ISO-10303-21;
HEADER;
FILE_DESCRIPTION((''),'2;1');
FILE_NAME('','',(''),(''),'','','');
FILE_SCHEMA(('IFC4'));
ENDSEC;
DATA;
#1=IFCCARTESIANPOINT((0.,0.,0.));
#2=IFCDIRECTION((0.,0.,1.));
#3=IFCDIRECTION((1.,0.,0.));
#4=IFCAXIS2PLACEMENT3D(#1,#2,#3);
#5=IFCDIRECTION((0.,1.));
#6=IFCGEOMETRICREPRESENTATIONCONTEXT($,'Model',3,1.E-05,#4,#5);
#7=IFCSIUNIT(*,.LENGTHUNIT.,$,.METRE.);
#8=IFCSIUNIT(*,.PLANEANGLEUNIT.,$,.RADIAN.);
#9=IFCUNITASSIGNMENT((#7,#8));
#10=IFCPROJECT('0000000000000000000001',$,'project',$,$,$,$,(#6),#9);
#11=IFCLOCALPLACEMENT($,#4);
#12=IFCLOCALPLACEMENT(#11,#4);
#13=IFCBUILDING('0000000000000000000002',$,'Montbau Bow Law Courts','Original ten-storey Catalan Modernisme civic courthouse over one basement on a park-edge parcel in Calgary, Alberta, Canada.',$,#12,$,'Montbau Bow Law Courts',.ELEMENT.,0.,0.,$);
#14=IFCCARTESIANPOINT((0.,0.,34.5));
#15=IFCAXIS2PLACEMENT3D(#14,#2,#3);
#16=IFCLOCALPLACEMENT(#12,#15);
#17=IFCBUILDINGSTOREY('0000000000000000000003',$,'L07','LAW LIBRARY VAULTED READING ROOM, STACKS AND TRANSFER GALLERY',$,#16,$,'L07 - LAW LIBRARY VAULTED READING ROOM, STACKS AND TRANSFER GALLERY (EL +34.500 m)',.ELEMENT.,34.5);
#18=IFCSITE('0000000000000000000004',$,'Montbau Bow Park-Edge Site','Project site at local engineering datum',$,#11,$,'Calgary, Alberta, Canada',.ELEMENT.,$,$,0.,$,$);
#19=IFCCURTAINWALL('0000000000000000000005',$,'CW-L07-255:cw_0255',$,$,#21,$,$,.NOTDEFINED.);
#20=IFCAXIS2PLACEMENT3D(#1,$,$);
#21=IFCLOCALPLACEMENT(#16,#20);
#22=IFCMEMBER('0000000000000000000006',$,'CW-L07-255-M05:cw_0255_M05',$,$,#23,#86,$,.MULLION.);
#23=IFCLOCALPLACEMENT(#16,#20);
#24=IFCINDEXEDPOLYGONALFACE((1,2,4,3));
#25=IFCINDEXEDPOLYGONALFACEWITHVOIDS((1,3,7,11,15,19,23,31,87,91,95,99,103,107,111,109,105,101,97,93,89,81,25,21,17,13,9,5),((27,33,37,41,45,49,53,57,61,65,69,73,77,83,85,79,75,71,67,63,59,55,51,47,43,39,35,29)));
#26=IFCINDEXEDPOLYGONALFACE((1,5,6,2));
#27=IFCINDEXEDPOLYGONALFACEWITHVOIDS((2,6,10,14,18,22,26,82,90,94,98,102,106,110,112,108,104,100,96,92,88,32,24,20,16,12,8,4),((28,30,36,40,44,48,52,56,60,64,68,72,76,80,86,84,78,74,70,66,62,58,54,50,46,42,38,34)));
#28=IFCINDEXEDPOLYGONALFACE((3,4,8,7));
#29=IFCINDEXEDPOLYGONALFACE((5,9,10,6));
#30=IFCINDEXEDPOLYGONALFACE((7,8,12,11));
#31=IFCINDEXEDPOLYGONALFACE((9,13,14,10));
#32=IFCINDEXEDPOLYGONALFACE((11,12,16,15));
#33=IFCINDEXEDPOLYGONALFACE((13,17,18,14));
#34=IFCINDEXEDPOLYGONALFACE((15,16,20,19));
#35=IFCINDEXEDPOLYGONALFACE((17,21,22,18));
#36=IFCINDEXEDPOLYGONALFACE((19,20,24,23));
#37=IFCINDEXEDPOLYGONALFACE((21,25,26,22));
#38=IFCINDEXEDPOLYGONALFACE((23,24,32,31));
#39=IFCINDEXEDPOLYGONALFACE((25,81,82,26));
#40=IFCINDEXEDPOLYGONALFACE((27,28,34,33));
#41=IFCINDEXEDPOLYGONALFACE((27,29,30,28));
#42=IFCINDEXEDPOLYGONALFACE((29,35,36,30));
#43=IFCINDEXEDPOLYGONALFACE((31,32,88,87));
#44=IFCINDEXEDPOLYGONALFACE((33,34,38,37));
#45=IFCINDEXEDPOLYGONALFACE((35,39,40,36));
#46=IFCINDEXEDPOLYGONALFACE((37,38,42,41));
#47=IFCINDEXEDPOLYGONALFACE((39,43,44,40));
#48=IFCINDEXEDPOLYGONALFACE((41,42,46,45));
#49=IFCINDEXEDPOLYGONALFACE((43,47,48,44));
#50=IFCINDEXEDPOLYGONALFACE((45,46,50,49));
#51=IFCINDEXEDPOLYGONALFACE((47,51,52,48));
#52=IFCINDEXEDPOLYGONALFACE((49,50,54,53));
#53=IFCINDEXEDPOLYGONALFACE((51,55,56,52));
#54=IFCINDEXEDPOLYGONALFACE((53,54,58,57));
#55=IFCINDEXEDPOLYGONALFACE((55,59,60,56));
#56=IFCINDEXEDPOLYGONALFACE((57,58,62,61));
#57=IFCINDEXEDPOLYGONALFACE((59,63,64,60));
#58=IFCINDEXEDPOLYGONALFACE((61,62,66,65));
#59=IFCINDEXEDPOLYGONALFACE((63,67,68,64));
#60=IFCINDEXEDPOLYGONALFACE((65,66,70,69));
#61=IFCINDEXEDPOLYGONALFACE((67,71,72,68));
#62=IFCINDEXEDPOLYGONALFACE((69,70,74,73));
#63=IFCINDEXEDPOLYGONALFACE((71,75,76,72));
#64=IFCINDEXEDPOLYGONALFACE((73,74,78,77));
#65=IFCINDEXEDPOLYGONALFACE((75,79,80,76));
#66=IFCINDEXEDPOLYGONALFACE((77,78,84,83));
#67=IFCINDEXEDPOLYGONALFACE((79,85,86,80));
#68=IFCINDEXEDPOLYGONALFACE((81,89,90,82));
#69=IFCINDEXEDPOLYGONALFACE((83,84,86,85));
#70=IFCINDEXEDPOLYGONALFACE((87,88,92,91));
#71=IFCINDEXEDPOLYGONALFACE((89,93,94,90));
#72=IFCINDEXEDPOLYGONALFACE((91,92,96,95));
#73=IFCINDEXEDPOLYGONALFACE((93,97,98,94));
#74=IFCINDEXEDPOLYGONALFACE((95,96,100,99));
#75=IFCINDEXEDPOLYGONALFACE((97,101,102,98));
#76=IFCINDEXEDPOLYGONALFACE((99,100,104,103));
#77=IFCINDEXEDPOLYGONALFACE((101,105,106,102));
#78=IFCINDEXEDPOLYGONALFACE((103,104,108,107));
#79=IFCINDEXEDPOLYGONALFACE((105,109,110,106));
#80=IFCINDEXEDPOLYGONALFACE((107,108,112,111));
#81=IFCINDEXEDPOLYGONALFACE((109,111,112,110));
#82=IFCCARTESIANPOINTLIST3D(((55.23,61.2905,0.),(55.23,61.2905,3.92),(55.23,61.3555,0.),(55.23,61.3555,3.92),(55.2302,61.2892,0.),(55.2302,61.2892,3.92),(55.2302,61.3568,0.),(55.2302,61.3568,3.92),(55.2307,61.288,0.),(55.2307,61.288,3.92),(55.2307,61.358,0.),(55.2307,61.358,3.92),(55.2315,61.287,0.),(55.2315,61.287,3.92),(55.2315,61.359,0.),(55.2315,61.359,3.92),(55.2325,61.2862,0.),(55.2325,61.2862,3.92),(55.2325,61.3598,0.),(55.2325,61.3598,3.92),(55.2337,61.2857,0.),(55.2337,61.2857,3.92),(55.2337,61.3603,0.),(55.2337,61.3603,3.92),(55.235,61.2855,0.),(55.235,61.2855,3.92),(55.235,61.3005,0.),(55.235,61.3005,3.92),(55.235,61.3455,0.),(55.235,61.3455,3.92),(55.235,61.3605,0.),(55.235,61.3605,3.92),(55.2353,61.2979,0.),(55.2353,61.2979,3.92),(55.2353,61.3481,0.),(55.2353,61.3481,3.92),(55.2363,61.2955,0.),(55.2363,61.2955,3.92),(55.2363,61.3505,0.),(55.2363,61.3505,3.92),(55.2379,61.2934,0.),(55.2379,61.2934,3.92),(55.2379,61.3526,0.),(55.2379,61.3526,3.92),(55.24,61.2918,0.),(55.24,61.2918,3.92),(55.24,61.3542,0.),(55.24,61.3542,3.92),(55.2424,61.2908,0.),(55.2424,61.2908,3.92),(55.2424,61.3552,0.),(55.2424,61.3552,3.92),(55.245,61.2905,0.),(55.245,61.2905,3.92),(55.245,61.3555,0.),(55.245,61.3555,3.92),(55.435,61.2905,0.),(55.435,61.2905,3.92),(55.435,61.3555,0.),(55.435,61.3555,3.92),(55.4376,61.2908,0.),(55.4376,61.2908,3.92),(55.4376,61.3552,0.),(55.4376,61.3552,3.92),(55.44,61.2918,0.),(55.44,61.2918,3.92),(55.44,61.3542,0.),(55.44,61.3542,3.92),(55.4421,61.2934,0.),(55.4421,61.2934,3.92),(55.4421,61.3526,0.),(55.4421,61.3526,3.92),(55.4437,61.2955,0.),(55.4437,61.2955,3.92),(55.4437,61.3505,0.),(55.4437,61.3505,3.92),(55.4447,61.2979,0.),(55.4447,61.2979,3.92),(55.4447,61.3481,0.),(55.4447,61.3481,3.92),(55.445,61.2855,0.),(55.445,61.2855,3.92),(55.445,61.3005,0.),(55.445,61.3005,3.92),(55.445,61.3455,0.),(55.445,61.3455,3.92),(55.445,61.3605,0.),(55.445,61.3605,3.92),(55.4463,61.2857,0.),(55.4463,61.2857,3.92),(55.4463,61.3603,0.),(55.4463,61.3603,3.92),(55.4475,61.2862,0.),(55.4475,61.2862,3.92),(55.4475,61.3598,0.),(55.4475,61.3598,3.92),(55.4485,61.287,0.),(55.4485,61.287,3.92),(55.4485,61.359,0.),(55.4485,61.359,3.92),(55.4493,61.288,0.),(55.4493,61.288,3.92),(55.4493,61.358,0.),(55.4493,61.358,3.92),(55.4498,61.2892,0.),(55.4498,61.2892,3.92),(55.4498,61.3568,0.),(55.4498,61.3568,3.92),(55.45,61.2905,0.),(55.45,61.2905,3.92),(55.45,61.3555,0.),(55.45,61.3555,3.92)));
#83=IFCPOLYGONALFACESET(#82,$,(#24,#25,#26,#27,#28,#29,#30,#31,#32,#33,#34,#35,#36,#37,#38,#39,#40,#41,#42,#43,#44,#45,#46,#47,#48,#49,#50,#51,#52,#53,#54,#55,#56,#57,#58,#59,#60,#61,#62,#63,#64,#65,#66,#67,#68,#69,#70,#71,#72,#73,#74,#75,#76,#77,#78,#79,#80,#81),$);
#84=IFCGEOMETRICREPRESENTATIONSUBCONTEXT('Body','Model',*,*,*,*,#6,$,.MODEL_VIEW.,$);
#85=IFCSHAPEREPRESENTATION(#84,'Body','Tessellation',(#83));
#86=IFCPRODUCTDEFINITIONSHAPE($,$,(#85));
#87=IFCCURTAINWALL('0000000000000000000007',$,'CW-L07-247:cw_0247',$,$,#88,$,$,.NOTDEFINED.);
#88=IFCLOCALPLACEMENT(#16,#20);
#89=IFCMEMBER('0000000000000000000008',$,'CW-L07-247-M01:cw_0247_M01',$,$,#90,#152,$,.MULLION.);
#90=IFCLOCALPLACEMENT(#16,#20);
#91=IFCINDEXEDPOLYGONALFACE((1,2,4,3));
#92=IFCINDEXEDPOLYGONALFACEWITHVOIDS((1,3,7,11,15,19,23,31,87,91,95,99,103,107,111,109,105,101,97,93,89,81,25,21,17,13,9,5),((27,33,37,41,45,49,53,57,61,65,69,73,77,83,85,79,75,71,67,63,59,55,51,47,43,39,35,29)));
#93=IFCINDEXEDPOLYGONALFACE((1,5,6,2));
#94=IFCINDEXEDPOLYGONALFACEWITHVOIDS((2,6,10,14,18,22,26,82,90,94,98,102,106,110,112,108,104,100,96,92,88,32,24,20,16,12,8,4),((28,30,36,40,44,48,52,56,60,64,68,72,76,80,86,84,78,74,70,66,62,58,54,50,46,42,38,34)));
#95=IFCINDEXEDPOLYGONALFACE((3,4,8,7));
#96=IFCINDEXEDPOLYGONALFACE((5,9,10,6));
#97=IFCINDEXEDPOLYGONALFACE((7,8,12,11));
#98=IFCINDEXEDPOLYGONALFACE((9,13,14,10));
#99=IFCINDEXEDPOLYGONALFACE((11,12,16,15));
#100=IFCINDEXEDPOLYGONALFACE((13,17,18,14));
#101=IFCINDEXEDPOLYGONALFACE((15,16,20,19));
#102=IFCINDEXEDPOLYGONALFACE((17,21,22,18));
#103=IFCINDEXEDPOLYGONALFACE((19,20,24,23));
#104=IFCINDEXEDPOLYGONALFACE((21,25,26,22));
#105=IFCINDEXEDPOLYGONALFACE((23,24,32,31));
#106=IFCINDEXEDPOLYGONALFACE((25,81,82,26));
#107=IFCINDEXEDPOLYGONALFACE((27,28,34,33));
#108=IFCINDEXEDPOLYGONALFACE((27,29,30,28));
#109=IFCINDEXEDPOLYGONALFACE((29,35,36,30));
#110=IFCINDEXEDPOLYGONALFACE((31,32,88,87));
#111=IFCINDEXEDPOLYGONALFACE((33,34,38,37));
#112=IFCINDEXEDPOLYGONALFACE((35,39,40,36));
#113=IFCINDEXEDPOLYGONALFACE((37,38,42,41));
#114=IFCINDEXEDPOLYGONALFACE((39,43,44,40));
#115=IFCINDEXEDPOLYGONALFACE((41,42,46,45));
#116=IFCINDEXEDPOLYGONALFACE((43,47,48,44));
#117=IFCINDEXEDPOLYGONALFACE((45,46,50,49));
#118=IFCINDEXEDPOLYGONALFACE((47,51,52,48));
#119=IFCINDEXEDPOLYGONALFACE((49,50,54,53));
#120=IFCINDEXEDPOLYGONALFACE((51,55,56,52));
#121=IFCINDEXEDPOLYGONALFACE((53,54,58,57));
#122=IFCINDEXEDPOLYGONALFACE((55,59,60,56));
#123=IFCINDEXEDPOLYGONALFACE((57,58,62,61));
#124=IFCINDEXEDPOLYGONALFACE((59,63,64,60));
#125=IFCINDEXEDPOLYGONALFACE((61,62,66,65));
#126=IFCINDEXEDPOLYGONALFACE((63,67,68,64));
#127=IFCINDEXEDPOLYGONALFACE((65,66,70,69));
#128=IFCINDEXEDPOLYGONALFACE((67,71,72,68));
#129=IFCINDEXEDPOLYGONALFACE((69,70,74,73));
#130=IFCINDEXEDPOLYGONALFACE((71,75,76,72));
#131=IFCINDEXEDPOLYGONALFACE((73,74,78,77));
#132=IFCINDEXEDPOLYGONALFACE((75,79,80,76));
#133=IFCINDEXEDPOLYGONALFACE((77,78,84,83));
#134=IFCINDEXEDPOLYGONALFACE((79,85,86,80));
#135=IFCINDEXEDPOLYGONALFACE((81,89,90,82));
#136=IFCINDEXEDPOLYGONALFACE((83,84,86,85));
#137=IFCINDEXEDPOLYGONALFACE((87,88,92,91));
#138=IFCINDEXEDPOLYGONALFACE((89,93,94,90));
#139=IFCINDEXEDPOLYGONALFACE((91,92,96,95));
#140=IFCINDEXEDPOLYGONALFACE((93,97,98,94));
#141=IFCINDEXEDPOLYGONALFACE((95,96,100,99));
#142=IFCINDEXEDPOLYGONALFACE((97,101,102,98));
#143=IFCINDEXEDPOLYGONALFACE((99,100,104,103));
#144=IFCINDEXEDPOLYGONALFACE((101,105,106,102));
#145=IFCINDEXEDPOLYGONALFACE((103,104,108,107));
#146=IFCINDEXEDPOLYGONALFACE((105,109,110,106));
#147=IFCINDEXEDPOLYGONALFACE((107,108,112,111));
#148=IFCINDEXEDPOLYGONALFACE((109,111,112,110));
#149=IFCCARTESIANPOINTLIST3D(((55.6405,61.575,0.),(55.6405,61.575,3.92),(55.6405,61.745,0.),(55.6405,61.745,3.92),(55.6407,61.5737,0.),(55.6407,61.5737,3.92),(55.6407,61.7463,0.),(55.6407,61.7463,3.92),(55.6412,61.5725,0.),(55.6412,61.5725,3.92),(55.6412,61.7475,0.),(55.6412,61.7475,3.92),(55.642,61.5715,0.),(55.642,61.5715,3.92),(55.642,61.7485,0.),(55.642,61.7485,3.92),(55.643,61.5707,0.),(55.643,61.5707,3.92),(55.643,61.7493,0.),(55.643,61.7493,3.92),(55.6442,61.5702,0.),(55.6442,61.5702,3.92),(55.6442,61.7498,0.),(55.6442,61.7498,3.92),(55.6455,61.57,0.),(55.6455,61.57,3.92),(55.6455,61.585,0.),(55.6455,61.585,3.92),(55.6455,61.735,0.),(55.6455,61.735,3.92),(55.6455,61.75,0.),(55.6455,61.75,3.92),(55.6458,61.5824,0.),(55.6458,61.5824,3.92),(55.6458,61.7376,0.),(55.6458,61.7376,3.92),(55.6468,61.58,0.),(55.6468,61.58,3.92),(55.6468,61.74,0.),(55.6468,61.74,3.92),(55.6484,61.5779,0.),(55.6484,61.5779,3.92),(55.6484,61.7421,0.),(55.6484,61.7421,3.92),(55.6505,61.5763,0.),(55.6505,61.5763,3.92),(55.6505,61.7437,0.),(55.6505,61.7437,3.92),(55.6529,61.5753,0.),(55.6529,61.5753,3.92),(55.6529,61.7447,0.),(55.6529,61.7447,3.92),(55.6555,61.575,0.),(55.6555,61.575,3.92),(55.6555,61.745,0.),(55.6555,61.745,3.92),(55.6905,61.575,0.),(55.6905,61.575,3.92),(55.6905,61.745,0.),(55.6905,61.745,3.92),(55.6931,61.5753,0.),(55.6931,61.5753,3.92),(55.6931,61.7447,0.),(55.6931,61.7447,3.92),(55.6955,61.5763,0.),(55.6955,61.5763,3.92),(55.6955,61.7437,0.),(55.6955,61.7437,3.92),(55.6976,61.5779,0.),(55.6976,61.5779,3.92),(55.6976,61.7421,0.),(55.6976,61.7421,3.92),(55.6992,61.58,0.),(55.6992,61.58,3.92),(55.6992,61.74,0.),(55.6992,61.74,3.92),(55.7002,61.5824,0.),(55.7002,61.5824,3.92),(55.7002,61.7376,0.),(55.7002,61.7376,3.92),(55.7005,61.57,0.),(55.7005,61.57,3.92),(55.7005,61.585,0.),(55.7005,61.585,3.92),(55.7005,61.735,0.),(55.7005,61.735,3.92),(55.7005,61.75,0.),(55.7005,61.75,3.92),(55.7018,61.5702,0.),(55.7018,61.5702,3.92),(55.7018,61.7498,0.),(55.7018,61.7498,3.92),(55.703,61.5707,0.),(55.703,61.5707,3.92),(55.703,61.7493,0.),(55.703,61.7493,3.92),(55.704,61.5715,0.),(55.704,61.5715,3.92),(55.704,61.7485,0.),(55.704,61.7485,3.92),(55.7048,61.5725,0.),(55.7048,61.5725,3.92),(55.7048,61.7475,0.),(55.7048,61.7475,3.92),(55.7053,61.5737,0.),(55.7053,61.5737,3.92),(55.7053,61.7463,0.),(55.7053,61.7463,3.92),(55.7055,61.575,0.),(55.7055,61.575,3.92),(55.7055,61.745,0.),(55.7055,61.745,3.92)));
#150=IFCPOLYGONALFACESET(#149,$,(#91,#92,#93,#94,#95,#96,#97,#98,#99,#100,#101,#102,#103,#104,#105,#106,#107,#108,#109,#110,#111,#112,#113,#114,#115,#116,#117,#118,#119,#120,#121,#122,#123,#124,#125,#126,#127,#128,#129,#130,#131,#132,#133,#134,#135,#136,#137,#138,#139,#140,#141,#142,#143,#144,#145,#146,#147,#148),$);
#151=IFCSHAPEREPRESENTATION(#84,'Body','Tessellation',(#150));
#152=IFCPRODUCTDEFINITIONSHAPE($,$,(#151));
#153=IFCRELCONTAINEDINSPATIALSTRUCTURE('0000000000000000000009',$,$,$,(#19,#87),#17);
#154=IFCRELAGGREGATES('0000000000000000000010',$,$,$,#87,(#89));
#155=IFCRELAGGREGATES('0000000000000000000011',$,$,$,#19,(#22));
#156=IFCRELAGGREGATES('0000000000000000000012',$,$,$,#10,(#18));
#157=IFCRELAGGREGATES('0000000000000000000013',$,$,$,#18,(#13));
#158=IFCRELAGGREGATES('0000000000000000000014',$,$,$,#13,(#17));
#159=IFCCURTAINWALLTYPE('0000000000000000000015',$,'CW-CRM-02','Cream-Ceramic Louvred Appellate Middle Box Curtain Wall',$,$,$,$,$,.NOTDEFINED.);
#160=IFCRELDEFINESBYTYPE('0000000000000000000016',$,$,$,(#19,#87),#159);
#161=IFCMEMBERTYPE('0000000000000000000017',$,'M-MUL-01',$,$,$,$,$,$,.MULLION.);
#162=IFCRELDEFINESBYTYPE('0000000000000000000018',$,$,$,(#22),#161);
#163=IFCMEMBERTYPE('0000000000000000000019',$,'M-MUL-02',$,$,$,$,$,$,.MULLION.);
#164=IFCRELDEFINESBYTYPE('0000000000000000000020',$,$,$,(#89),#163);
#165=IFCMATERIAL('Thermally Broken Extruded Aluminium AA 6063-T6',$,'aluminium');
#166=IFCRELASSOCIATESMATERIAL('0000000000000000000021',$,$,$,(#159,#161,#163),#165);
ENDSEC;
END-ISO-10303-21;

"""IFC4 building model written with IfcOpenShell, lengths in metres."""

from ifc_helpers import new_model, si_unit, direction, frame, origin_with_axes, origin_2d_with_axis, place, context, subcontext, project, spatial, hollow_rectangle, extrude, material, material_profile, profile_set, type_object, element, aggregate, save


model = new_model("IFC4")

# Units and contexts
model_context = context("Model", 3, precision=1e-05, world=origin_with_axes(), true_north=direction((0.0, 1.0)))
body_context = subcontext(model_context, "Body", "Model", "MODEL_VIEW")
ifc_project = project(units=[si_unit("LENGTHUNIT", "METRE"), si_unit("PLANEANGLEUNIT", "RADIAN")], contexts=[model_context])

# Site, building, storey
site_placement = place(None, origin_with_axes())
site = spatial("IfcSite", under=ifc_project, at=site_placement, Name="Montbau Bow Park-Edge Site", Description="Project site at local engineering datum", LongName="Calgary, Alberta, Canada", CompositionType="ELEMENT", RefElevation=0.0)
building_placement = place(site_placement, origin_with_axes())
building = spatial("IfcBuilding", under=site, at=building_placement, Name="Montbau Bow Law Courts", Description="Original ten-storey Catalan Modernisme civic courthouse over one basement on a park-edge parcel in Calgary, Alberta, Canada.", LongName="Montbau Bow Law Courts", CompositionType="ELEMENT", ElevationOfRefHeight=0.0, ElevationOfTerrain=0.0)
storey_placement = place(building_placement, frame((0.0, 0.0, 34.5), z_axis=(0.0, 0.0, 1.0), x_axis=(1.0, 0.0, 0.0)))
storey = spatial("IfcBuildingStorey", under=building, at=storey_placement, Name="L07", Description="LAW LIBRARY VAULTED READING ROOM, STACKS AND TRANSFER GALLERY", LongName="L07 - LAW LIBRARY VAULTED READING ROOM, STACKS AND TRANSFER GALLERY (EL +34.500 m)", CompositionType="ELEMENT", Elevation=34.5)

# Curtain walls, members
ifc_material_1 = material(Name="Thermally Broken Extruded Aluminium AA 6063-T6", Category="aluminium")
curtain_wall_type = type_object("IfcCurtainWallType", Name="CW-CRM-02", Description="Cream-Ceramic Louvred Appellate Middle Box Curtain Wall", PredefinedType="NOTDEFINED", material=ifc_material_1)
curtain_wall_1_placement = place(None, frame((55.34, 55.04, 34.5), z_axis=(0.0, 0.0, 1.0), x_axis=(1.0, 0.0, 0.0)))
curtain_wall_1 = element("IfcCurtainWall", 1, at=curtain_wall_1_placement, inside=storey, type_object=curtain_wall_type, Name="CW-L07-255:cw_0255", PredefinedType="NOTDEFINED")
ifc_material_profile_1 = material_profile(ifc_material_1, hollow_rectangle(XDim=0.075, YDim=0.22, WallThickness=0.005, InnerFilletRadius=0.01, OuterFilletRadius=0.005, at=origin_2d_with_axis()), Name="CWM-220X75", Category="Main", Priority=0)
ifc_profile_set_1 = profile_set([ifc_material_profile_1], Name="Thermally Broken Extruded Aluminium AA 6063-T6")
member_type_1 = type_object("IfcMemberType", Name="M-MUL-01", PredefinedType="MULLION", material=ifc_profile_set_1)
member_1_placement = place(None, frame((55.34, 61.323, 34.5), z_axis=(0.0, 0.0, 1.0), x_axis=(0.0, 1.0, 0.0)))
member_1 = element("IfcMember", 2, at=member_1_placement, type_object=member_type_1, Name="CW-L07-255-M05:cw_0255_M05", PredefinedType="MULLION", context=body_context, shape_type="SweptSolid", body=[
    extrude(hollow_rectangle(XDim=0.075, YDim=0.22, WallThickness=0.005, InnerFilletRadius=0.01, OuterFilletRadius=0.005, at=origin_2d_with_axis()), origin_with_axes(), (0.0, 0.0, 1.0), 3.92),
])
curtain_wall_2_placement = place(None, frame((55.64, 61.66, 34.5), z_axis=(0.0, 0.0, 1.0), x_axis=(1.0, 0.0, 0.0)))
curtain_wall_2 = element("IfcCurtainWall", 3, at=curtain_wall_2_placement, inside=storey, type_object=curtain_wall_type, Name="CW-L07-247:cw_0247", PredefinedType="NOTDEFINED")
ifc_material_profile_2 = material_profile(ifc_material_1, hollow_rectangle(XDim=0.065, YDim=0.18, WallThickness=0.005, InnerFilletRadius=0.01, OuterFilletRadius=0.005, at=origin_2d_with_axis()), Name="CWM-180X65", Category="Main", Priority=0)
ifc_profile_set_2 = profile_set([ifc_material_profile_2], Name="Thermally Broken Extruded Aluminium AA 6063-T6")
member_type_2 = type_object("IfcMemberType", Name="M-MUL-02", PredefinedType="MULLION", material=ifc_profile_set_2)
member_2_placement = place(None, frame((55.673, 61.66, 34.5), z_axis=(0.0, 0.0, 1.0), x_axis=(1.0, 0.0, 0.0)))
member_2 = element("IfcMember", 4, at=member_2_placement, type_object=member_type_2, Name="CW-L07-247-M01:cw_0247_M01", PredefinedType="MULLION", context=body_context, shape_type="SweptSolid", body=[
    extrude(hollow_rectangle(XDim=0.065, YDim=0.18, WallThickness=0.005, InnerFilletRadius=0.01, OuterFilletRadius=0.005, at=origin_2d_with_axis()), origin_with_axes(), (0.0, 0.0, 1.0), 3.92),
])

aggregate(curtain_wall_2, [member_2])
aggregate(curtain_wall_1, [member_1])

save(model, "model.ifc")
